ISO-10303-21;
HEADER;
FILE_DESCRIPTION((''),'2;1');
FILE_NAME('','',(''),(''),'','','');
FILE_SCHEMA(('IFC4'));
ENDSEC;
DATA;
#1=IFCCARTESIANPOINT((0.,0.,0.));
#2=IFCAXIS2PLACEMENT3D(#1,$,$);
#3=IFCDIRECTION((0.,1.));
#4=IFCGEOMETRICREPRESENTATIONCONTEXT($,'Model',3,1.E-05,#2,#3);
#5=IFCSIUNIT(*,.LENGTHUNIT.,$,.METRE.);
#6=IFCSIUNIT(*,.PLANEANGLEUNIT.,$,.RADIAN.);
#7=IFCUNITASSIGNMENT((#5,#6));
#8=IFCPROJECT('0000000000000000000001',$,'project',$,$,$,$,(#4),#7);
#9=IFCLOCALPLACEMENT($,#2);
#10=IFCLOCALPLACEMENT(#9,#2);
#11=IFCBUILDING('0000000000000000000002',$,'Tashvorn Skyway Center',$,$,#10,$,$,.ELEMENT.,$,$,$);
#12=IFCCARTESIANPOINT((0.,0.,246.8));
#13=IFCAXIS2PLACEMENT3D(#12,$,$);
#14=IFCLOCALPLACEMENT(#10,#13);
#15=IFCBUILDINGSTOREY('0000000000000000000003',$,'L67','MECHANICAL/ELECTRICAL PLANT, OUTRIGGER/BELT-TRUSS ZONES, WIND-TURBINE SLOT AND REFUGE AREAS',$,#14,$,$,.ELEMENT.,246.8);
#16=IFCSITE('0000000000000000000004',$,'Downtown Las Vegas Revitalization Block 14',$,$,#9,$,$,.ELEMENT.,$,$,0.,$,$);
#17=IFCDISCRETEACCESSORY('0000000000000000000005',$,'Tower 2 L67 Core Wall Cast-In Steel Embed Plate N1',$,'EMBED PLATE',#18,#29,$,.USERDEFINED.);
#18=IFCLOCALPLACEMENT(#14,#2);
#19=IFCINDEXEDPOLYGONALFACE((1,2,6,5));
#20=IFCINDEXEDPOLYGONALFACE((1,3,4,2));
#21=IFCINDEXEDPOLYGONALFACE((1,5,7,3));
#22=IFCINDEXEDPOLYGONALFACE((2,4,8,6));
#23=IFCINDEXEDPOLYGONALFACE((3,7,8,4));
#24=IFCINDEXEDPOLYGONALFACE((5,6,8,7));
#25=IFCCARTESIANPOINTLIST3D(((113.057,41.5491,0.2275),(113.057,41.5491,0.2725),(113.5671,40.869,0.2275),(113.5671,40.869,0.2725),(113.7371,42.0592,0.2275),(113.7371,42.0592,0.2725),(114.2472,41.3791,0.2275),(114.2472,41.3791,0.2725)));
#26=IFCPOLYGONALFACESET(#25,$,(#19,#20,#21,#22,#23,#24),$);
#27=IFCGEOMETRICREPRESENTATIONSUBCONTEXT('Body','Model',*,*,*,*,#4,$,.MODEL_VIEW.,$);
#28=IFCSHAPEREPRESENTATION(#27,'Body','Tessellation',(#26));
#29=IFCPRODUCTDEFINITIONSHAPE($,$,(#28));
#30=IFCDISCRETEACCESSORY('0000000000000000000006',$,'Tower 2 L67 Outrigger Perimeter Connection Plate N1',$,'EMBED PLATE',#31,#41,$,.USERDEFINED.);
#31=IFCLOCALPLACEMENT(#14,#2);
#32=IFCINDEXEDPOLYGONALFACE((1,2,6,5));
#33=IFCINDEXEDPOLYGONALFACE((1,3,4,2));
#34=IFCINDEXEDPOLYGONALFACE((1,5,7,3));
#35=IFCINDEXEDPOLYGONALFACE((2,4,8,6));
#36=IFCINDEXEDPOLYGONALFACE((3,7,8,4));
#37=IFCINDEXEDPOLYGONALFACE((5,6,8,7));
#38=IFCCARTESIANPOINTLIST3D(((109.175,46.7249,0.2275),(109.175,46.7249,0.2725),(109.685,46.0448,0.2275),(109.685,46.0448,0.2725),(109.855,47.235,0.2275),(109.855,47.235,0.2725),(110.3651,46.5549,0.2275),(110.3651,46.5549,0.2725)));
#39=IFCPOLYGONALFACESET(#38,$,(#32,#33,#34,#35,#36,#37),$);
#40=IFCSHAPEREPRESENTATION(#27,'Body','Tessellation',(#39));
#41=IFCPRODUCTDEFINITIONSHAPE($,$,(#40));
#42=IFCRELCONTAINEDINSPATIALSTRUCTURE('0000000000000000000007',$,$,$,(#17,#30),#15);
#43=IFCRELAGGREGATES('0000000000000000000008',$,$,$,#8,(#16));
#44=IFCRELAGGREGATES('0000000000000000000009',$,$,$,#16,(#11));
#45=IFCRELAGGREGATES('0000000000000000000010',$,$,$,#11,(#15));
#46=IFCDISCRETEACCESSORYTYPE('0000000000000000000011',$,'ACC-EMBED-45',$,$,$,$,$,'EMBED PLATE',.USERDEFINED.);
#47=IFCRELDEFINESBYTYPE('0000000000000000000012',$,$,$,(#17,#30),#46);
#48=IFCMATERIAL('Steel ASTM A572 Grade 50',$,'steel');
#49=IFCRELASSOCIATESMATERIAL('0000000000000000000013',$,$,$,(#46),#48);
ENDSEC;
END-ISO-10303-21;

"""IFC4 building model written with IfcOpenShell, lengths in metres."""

from ifc_helpers import new_model, si_unit, direction, frame, origin, origin_2d, place, context, subcontext, project, spatial, rectangle, extrude, material, type_object, element, save


model = new_model("IFC4")

# Units and contexts
model_context = context("Model", 3, precision=1e-05, world=origin(), true_north=direction((0.0, 1.0)))
body_context = subcontext(model_context, "Body", "Model", "MODEL_VIEW")
ifc_project = project(units=[si_unit("LENGTHUNIT", "METRE"), si_unit("PLANEANGLEUNIT", "RADIAN")], contexts=[model_context])

# Site, building, storey
site_placement = place(None, origin())
site = spatial("IfcSite", under=ifc_project, at=site_placement, Name="Downtown Las Vegas Revitalization Block 14", CompositionType="ELEMENT", RefElevation=0.0)
building_placement = place(site_placement, origin())
building = spatial("IfcBuilding", under=site, at=building_placement, Name="Tashvorn Skyway Center", CompositionType="ELEMENT")
storey_placement = place(building_placement, frame((0.0, 0.0, 246.8)))
storey = spatial("IfcBuildingStorey", under=building, at=storey_placement, Name="L67", Description="MECHANICAL/ELECTRICAL PLANT, OUTRIGGER/BELT-TRUSS ZONES, WIND-TURBINE SLOT AND REFUGE AREAS", CompositionType="ELEMENT", Elevation=246.8)

# Shared definitions
ifc_material_1 = material(Name="Steel ASTM A572 Grade 50", Category="steel")

# Discrete accessories
discrete_accessory_type = type_object("IfcDiscreteAccessoryType", Name="ACC-EMBED-45", ElementType="EMBED PLATE", PredefinedType="USERDEFINED", material=ifc_material_1)
for number, where, z_axis, x_axis, name in (
    (1, (113.6521, 41.4641, 0.2275), (0.0, 0.0, 1.0), (0.8, 0.6, 0.0), "Tower 2 L67 Core Wall Cast-In Steel Embed Plate N1"),
    (2, (109.77, 46.6399, 0.2275), (0.0, 0.0, 1.0), (0.8, 0.6, 0.0), "Tower 2 L67 Outrigger Perimeter Connection Plate N1"),
):
    element("IfcDiscreteAccessory", number, at=place(storey_placement, frame(where, z_axis=z_axis, x_axis=x_axis)), inside=storey, type_object=discrete_accessory_type, Name=name, ObjectType="EMBED PLATE", PredefinedType="USERDEFINED", context=body_context, shape_type="SweptSolid", body=[
        extrude(rectangle(XDim=0.8501, YDim=0.8501, at=origin_2d()), origin(), (0.0, 0.0, 1.0), 0.0449),
    ])

save(model, "model.ifc")
